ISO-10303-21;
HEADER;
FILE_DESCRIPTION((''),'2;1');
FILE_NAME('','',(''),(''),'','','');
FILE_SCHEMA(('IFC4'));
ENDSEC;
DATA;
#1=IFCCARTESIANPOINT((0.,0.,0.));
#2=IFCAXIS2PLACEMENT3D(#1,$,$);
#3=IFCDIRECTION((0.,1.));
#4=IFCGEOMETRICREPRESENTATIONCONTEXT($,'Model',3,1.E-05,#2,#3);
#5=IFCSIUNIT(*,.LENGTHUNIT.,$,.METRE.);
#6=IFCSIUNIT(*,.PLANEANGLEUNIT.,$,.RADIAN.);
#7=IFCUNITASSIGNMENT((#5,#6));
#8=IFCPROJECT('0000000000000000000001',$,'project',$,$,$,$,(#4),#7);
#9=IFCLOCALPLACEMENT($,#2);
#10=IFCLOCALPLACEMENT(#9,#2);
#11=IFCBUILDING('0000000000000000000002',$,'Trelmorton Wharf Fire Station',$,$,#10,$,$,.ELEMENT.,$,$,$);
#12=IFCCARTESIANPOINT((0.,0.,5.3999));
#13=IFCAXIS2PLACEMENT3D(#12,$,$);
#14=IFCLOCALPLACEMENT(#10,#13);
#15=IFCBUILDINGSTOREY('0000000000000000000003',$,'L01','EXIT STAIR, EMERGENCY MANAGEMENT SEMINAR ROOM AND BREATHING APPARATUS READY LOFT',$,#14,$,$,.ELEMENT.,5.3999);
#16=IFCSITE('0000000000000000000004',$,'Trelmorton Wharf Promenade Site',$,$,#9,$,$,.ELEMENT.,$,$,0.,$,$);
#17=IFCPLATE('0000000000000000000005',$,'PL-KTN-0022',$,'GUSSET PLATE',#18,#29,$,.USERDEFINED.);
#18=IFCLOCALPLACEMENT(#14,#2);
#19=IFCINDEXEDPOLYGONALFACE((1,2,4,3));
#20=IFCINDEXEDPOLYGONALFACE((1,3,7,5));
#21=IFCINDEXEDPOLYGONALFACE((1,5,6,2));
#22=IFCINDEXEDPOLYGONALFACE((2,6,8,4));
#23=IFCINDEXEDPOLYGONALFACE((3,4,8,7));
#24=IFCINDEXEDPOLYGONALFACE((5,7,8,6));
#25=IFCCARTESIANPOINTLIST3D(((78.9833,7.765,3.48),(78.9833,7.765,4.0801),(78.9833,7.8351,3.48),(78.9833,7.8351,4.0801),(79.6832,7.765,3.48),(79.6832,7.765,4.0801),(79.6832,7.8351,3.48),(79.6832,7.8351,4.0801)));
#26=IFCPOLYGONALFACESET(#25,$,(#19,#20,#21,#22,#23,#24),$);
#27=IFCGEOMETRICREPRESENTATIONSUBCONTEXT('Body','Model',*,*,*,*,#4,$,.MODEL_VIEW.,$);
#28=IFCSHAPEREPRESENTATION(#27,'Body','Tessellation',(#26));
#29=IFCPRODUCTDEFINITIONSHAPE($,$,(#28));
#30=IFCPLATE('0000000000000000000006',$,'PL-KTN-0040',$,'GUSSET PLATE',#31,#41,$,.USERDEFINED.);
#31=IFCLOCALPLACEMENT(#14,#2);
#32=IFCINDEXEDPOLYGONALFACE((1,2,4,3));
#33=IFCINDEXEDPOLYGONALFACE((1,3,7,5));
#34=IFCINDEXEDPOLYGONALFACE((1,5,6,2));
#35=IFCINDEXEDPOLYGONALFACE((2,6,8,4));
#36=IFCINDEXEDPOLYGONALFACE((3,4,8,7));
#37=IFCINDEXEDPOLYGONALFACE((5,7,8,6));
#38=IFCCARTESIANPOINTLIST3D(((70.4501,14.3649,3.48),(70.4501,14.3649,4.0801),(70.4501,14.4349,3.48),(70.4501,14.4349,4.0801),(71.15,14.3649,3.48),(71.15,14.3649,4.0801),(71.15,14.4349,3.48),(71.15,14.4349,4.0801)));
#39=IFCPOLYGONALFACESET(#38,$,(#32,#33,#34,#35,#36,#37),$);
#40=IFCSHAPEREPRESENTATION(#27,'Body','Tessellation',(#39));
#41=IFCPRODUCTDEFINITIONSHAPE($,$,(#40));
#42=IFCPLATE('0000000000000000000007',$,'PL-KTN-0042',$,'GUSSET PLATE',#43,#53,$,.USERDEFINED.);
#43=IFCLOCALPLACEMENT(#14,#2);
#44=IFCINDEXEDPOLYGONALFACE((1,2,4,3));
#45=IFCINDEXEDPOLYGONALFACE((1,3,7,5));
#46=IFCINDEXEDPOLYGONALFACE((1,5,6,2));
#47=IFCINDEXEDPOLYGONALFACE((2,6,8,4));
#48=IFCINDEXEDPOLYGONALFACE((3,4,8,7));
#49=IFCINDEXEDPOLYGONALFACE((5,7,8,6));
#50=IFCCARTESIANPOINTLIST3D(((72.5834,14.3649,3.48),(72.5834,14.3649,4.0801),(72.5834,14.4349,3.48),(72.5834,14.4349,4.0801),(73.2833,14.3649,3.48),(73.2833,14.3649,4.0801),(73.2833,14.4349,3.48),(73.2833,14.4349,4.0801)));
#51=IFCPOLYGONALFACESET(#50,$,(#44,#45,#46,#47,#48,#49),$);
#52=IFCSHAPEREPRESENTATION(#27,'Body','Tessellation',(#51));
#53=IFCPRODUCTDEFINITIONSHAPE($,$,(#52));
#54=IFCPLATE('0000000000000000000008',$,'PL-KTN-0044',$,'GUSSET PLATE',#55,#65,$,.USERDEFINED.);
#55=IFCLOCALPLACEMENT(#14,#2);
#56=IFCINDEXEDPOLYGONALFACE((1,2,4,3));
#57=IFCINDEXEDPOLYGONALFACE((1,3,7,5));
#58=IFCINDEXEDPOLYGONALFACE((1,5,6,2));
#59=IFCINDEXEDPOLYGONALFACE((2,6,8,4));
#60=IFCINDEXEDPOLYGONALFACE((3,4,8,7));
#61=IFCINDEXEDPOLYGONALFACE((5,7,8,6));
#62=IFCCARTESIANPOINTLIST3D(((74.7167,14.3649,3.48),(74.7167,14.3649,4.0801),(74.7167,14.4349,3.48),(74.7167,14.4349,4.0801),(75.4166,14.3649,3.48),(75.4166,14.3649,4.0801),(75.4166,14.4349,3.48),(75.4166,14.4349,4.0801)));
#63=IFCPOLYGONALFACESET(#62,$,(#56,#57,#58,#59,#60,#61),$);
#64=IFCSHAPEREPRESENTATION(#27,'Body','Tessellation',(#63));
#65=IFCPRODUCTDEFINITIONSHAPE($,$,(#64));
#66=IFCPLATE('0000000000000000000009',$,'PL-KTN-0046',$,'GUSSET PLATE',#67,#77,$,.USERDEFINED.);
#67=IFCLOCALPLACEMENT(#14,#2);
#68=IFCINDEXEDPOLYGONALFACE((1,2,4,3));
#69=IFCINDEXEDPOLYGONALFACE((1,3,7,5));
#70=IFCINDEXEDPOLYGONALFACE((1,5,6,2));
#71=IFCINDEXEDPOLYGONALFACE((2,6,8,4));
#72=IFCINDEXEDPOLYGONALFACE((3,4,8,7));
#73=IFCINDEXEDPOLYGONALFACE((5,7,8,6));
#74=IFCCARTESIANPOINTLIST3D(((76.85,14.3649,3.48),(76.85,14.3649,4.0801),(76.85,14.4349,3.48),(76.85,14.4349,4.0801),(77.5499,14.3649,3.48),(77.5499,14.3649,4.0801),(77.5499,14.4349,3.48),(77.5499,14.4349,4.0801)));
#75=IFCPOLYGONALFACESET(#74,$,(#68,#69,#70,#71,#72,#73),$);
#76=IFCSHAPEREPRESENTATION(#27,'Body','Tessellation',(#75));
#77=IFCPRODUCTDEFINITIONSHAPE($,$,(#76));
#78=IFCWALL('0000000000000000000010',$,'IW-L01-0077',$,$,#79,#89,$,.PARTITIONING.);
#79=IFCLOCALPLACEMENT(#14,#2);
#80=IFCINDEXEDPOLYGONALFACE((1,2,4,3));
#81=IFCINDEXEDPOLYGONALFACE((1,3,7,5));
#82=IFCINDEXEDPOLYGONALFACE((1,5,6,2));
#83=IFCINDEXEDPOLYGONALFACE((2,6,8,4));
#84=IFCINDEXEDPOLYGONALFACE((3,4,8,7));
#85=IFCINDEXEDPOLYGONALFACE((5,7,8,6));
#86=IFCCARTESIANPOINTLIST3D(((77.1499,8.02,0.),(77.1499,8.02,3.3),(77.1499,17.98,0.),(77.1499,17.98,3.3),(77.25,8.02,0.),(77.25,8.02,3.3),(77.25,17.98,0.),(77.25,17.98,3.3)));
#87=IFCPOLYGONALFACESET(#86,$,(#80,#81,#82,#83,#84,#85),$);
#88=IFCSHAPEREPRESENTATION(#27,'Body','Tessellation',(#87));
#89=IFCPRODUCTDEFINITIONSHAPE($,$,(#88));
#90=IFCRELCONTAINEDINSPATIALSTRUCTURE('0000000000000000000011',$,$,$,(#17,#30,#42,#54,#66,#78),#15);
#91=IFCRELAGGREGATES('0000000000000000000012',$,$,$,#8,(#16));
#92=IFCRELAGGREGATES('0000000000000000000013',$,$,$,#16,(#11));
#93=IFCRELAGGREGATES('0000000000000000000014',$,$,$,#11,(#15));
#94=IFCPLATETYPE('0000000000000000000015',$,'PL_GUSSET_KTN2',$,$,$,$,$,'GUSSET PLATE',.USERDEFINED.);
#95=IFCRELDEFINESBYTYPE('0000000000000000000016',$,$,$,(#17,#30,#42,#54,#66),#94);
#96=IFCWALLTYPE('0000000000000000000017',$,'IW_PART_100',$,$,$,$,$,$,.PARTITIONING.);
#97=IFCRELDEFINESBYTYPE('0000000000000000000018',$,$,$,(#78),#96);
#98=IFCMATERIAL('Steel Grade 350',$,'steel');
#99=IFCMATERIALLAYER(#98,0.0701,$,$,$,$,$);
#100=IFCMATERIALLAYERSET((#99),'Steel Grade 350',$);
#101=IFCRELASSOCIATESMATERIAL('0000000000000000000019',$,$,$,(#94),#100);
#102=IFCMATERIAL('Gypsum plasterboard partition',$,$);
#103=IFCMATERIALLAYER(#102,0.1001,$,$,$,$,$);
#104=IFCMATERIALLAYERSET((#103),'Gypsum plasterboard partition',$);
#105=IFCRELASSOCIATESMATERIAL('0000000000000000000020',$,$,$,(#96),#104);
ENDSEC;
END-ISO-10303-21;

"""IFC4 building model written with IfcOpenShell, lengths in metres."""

from ifc_helpers import new_model, si_unit, direction, frame, frame_2d, origin, origin_2d, place, context, subcontext, project, spatial, rectangle, extrude, material, layer, layer_set, type_object, element, save


model = new_model("IFC4")

# Units and contexts
model_context = context("Model", 3, precision=1e-05, world=origin(), true_north=direction((0.0, 1.0)))
body_context = subcontext(model_context, "Body", "Model", "MODEL_VIEW")
ifc_project = project(units=[si_unit("LENGTHUNIT", "METRE"), si_unit("PLANEANGLEUNIT", "RADIAN")], contexts=[model_context])

# Site, building, storey
site_placement = place(None, origin())
site = spatial("IfcSite", under=ifc_project, at=site_placement, Name="Trelmorton Wharf Promenade Site", CompositionType="ELEMENT", RefElevation=0.0)
building_placement = place(site_placement, origin())
building = spatial("IfcBuilding", under=site, at=building_placement, Name="Trelmorton Wharf Fire Station", CompositionType="ELEMENT")
storey_placement = place(building_placement, frame((0.0, 0.0, 5.3999)))
storey = spatial("IfcBuildingStorey", under=building, at=storey_placement, Name="L01", Description="EXIT STAIR, EMERGENCY MANAGEMENT SEMINAR ROOM AND BREATHING APPARATUS READY LOFT", CompositionType="ELEMENT", Elevation=5.3999)

# Shared definitions
ifc_material_1 = material(Name="Steel Grade 350", Category="steel")

# Plates
ifc_layer_1 = layer(ifc_material_1, 0.0701)
ifc_layer_set_1 = layer_set([ifc_layer_1], Name="Steel Grade 350")
plate_type_1 = type_object("IfcPlateType", Name="PL_GUSSET_KTN2", ElementType="GUSSET PLATE", PredefinedType="USERDEFINED", material=ifc_layer_set_1)
for number, where, z_axis, x_axis, name in (
    (1, (79.3333, 7.8, 3.48), (0.0, 0.0, 1.0), (1.0, 0.0, 0.0), "PL-KTN-0022"),
    (2, (70.8, 14.3999, 3.48), (0.0, 0.0, 1.0), (1.0, 0.0, 0.0), "PL-KTN-0040"),
    (3, (72.9333, 14.3999, 3.48), (0.0, 0.0, 1.0), (1.0, 0.0, 0.0), "PL-KTN-0042"),
    (4, (75.0667, 14.3999, 3.48), (0.0, 0.0, 1.0), (1.0, 0.0, 0.0), "PL-KTN-0044"),
    (5, (77.2, 14.3999, 3.48), (0.0, 0.0, 1.0), (1.0, 0.0, 0.0), "PL-KTN-0046"),
):
    element("IfcPlate", number, at=place(storey_placement, frame(where, z_axis=z_axis, x_axis=x_axis)), inside=storey, type_object=plate_type_1, Name=name, ObjectType="GUSSET PLATE", PredefinedType="USERDEFINED", context=body_context, shape_type="SweptSolid", body=[
        extrude(rectangle(XDim=0.7, YDim=0.0701, at=origin_2d()), origin(), (0.0, 0.0, 1.0), 0.6001),
    ])

# Wall
ifc_material_2 = material(Name="Gypsum plasterboard partition")
ifc_layer_2 = layer(ifc_material_2, 0.1001)
ifc_layer_set_2 = layer_set([ifc_layer_2], Name="Gypsum plasterboard partition")
wall_type = type_object("IfcWallType", Name="IW_PART_100", PredefinedType="PARTITIONING", material=ifc_layer_set_2)
wall_placement = place(storey_placement, frame((77.2, 8.02, 0.0), z_axis=(0.0, 0.0, 1.0), x_axis=(0.0, 1.0, 0.0)))
element("IfcWall", 6, at=wall_placement, inside=storey, type_object=wall_type, Name="IW-L01-0077", PredefinedType="PARTITIONING", context=body_context, shape_type="SweptSolid", body=[
    extrude(rectangle(XDim=9.96, YDim=0.1001, at=frame_2d((4.98, 0.0))), origin(), (0.0, 0.0, 1.0), 3.3),
])

save(model, "model.ifc")
